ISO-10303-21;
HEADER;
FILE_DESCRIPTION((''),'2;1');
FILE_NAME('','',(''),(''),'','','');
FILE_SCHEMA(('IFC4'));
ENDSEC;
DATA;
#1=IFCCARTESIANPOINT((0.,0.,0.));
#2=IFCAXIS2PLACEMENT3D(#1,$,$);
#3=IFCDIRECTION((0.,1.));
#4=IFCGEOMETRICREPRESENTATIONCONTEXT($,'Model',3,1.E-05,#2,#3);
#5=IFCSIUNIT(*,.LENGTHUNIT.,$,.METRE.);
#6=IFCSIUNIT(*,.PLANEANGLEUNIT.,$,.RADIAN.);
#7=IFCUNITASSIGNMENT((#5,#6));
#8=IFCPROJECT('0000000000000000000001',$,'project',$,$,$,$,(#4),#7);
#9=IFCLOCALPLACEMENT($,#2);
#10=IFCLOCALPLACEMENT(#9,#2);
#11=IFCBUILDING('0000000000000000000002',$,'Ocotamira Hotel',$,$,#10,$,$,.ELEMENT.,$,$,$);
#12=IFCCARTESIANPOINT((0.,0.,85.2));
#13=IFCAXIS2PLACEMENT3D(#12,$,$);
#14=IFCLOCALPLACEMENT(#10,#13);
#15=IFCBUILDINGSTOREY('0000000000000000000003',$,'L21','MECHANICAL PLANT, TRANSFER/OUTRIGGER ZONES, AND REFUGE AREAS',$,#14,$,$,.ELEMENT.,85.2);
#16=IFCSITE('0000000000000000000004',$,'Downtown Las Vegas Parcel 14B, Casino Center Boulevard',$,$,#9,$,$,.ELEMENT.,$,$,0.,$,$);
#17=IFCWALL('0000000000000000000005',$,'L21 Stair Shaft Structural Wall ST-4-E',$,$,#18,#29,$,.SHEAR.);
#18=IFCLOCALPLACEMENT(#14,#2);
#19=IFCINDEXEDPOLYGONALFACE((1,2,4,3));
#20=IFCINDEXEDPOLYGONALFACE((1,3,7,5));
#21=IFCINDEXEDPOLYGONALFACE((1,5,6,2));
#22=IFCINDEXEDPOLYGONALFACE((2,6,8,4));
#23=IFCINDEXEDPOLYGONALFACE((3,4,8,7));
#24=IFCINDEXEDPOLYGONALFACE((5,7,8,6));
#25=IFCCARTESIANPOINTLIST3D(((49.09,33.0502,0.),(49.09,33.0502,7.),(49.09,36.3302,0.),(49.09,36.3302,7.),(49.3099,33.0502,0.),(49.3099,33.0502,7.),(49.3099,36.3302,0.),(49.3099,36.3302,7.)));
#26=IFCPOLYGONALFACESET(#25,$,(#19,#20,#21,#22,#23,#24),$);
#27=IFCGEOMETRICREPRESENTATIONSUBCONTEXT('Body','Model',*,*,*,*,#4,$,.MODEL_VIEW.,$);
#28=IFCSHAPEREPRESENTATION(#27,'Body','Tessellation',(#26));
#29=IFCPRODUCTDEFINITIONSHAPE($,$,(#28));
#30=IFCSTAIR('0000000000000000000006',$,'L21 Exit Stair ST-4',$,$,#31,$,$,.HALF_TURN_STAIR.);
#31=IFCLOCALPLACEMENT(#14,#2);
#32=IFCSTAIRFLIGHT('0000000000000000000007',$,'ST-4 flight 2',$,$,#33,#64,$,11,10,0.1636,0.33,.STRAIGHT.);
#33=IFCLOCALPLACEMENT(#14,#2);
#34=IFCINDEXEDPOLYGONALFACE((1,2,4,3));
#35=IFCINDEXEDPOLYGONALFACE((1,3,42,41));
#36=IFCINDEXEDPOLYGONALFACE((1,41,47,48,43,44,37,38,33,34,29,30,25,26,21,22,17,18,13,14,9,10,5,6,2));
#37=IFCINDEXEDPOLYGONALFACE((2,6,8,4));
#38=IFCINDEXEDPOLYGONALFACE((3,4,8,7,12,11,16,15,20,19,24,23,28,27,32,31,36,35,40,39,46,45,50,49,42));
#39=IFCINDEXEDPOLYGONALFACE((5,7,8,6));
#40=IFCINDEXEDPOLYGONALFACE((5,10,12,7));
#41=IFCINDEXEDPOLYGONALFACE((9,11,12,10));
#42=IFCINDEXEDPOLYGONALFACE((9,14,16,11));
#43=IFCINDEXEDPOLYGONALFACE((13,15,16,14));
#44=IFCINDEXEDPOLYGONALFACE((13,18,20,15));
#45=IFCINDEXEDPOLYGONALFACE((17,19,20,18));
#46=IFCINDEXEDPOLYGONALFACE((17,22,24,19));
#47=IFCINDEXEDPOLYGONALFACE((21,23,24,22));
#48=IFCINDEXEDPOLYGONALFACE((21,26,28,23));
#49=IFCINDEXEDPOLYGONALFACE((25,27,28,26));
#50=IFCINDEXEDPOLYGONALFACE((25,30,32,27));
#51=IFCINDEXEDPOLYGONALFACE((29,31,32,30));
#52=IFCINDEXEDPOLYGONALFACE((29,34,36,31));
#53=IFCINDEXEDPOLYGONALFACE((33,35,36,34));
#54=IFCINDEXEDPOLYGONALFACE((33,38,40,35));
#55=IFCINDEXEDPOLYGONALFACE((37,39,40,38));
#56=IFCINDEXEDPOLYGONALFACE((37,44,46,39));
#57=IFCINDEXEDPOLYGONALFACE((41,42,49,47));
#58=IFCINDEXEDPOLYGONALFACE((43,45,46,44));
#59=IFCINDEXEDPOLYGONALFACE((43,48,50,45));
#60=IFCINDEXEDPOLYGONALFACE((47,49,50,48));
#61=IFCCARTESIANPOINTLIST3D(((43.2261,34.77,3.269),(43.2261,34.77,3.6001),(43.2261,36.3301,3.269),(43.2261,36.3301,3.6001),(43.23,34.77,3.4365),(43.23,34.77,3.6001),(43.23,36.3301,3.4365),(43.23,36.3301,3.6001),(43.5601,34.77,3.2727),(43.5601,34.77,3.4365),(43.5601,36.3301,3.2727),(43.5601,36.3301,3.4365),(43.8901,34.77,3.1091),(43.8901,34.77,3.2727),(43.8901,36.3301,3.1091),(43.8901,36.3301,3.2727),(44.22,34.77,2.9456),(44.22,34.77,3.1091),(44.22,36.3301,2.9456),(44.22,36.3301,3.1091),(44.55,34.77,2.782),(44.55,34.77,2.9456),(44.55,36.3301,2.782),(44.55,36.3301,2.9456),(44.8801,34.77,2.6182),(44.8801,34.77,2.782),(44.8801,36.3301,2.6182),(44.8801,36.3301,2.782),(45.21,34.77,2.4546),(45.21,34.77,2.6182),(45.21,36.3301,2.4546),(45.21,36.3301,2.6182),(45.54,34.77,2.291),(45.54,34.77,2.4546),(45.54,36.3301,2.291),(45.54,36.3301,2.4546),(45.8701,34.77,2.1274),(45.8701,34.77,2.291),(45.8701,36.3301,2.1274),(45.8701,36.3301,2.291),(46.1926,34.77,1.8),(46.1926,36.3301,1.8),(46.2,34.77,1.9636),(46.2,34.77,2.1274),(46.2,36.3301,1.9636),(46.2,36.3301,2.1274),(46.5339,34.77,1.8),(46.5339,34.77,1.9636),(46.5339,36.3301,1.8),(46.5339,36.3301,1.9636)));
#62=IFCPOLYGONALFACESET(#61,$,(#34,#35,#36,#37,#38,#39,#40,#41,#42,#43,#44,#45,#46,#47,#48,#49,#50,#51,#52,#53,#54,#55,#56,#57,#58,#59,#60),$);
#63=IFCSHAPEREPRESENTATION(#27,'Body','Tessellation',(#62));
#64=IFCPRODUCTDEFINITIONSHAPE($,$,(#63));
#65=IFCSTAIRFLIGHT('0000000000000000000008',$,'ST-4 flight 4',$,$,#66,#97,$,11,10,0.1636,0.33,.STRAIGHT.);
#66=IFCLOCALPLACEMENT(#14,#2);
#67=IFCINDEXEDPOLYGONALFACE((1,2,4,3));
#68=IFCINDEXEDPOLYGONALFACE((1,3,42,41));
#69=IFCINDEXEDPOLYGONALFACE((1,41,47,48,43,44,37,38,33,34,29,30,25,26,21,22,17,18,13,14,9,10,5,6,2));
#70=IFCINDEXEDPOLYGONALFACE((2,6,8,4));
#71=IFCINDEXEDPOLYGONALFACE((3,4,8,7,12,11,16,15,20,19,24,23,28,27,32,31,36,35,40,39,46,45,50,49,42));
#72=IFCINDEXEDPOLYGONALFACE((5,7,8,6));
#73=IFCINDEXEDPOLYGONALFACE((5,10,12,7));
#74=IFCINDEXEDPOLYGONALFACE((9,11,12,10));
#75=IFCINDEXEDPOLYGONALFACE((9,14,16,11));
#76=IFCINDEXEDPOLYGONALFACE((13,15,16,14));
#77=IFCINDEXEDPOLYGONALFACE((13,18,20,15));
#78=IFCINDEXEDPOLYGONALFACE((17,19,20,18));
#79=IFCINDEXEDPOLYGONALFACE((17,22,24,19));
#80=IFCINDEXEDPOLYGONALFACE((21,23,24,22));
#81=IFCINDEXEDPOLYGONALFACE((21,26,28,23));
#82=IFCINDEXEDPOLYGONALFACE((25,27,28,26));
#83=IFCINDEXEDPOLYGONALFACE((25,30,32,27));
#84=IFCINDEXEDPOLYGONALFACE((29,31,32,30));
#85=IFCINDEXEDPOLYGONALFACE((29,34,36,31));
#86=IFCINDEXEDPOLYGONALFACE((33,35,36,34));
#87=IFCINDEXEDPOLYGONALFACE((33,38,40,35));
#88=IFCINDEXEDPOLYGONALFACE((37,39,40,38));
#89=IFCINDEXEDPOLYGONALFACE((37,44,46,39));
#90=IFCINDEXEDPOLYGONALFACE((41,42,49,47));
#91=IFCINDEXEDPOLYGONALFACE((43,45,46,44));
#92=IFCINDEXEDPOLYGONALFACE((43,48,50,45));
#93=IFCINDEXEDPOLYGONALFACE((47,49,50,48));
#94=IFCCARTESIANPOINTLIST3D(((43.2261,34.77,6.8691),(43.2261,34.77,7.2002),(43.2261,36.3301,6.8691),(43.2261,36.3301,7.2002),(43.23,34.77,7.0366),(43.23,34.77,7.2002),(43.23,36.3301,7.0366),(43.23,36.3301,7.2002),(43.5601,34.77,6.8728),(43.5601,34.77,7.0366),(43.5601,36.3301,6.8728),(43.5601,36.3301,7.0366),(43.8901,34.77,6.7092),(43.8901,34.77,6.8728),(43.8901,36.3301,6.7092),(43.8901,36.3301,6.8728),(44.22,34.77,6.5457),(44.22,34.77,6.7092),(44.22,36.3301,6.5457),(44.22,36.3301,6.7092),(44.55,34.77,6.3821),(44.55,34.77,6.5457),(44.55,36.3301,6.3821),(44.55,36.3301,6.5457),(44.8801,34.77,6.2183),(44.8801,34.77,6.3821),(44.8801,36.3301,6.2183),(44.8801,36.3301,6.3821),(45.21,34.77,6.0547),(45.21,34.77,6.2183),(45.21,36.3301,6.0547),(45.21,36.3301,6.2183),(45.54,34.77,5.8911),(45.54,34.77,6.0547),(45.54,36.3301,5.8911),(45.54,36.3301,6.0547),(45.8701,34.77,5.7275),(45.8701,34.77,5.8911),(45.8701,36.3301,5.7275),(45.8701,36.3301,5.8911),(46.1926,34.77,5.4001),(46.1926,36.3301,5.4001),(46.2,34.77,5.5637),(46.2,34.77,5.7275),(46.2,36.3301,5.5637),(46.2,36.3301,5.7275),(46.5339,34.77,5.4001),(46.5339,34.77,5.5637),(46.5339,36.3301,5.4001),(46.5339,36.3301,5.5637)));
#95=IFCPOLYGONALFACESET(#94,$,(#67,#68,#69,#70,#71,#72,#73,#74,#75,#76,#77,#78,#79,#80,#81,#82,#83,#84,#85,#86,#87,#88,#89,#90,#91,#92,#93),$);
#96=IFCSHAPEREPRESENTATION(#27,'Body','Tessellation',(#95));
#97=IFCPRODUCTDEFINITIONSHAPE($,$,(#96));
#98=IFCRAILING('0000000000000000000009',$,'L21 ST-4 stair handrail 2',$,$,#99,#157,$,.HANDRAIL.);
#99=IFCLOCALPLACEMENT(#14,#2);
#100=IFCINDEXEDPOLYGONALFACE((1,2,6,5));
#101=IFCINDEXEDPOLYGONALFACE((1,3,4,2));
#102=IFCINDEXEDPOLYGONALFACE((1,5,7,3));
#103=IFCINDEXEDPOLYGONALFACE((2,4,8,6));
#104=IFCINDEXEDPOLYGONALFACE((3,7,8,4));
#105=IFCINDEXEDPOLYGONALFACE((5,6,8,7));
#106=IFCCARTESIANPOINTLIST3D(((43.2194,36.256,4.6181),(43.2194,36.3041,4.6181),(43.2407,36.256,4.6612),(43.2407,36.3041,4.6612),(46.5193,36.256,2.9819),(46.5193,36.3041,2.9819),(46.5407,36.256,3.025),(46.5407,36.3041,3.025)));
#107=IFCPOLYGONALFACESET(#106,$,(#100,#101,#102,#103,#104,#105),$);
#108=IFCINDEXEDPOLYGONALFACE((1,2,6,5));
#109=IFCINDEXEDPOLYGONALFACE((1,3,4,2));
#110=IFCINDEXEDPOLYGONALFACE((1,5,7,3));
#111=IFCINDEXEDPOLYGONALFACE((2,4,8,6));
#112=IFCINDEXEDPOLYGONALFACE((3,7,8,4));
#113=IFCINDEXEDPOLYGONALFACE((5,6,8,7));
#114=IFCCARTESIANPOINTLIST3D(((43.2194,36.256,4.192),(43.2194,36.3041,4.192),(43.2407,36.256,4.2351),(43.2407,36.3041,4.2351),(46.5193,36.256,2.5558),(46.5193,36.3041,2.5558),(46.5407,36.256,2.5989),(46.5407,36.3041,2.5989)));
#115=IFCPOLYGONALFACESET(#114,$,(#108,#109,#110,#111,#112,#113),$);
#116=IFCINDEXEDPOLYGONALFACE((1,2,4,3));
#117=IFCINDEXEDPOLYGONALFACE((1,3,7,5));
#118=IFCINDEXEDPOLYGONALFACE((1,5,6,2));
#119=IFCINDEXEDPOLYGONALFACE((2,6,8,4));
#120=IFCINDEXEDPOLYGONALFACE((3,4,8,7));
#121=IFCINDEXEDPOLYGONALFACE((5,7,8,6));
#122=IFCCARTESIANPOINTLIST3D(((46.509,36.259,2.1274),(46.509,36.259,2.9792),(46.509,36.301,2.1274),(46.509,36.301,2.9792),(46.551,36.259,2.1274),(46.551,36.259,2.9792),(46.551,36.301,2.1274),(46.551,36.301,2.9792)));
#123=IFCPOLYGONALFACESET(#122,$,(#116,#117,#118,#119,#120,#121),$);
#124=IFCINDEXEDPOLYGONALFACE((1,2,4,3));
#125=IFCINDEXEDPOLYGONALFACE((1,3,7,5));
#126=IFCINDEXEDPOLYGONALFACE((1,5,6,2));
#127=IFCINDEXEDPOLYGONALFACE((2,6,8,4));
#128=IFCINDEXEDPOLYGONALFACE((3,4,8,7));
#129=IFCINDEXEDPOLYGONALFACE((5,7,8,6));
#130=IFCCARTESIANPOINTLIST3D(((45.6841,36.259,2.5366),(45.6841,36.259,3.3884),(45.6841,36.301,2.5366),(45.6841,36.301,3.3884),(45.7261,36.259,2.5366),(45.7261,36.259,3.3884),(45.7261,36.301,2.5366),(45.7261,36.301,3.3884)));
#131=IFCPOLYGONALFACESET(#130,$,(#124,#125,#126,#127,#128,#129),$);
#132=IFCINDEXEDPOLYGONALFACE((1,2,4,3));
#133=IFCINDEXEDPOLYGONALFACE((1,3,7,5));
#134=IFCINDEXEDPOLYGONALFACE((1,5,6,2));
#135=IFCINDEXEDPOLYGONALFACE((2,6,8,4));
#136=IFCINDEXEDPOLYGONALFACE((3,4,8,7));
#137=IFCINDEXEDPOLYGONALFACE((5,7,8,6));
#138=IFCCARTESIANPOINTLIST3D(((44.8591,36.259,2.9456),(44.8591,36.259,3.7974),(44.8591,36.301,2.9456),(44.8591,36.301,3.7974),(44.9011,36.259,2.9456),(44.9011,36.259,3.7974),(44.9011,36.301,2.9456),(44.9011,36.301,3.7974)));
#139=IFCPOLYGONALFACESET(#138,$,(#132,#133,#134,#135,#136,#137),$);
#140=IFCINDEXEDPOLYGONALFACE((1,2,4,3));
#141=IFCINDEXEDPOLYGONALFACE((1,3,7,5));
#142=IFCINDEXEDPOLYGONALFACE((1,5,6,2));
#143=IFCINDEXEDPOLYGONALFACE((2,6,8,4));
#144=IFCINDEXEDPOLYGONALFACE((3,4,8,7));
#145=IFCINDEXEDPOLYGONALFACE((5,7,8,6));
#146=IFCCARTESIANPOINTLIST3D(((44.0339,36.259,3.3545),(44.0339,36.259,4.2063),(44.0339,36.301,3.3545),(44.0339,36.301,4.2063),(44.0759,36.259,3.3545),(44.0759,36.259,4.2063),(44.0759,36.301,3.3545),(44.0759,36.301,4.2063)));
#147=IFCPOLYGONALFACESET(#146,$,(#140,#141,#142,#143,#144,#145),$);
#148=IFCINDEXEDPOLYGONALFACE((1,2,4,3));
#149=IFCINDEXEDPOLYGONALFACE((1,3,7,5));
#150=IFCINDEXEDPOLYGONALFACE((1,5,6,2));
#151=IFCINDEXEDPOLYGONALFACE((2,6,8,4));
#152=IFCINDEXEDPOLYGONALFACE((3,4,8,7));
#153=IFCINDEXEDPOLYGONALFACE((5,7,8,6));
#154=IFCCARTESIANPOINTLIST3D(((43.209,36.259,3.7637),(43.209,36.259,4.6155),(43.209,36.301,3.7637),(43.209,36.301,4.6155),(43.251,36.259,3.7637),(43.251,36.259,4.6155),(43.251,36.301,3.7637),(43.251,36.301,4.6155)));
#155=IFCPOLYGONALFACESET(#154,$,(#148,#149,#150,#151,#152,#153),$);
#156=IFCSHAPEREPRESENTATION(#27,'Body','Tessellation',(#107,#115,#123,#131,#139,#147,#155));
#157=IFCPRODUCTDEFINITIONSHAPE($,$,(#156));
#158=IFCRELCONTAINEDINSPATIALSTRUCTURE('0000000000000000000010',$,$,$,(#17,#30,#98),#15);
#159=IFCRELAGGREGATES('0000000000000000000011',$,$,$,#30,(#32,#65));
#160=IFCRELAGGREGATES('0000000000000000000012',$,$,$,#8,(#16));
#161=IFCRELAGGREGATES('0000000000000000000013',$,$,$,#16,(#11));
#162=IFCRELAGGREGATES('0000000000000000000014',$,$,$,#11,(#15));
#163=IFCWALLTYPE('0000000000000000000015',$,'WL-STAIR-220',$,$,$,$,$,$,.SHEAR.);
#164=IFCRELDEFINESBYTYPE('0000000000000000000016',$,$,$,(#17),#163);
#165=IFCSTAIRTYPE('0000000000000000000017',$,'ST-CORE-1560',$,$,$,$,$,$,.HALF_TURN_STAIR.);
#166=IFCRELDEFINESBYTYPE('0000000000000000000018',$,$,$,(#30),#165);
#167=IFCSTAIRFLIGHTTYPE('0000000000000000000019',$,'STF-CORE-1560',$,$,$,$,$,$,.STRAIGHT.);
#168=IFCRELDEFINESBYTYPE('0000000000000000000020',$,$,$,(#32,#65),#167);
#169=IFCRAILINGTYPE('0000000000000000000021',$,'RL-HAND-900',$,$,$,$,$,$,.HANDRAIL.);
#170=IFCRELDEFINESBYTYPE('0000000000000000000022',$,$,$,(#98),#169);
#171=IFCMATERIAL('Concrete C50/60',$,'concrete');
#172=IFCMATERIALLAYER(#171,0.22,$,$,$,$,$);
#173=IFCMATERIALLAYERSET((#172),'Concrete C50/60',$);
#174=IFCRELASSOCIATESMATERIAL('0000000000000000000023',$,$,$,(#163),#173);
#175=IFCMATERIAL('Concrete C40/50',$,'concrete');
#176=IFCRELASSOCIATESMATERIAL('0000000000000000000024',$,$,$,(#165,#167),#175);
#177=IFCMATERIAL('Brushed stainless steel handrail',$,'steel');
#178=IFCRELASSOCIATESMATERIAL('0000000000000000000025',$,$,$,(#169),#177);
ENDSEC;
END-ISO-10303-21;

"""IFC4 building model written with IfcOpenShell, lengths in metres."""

from ifc_helpers import new_model, si_unit, direction, frame, frame_2d, origin, origin_2d, place, context, subcontext, project, spatial, polyline, rectangle, outline, extrude, source, transform, mapped, material, layer, layer_set, type_object, element, aggregate, save


model = new_model("IFC4")

# Units and contexts
model_context = context("Model", 3, precision=1e-05, world=origin(), true_north=direction((0.0, 1.0)))
body_context = subcontext(model_context, "Body", "Model", "MODEL_VIEW")
ifc_project = project(units=[si_unit("LENGTHUNIT", "METRE"), si_unit("PLANEANGLEUNIT", "RADIAN")], contexts=[model_context])

# Site, building, storey
site_placement = place(None, origin())
site = spatial("IfcSite", under=ifc_project, at=site_placement, Name="Downtown Las Vegas Parcel 14B, Casino Center Boulevard", CompositionType="ELEMENT", RefElevation=0.0)
building_placement = place(site_placement, origin())
building = spatial("IfcBuilding", under=site, at=building_placement, Name="Ocotamira Hotel", CompositionType="ELEMENT")
storey_placement = place(building_placement, frame((0.0, 0.0, 85.2)))
storey = spatial("IfcBuildingStorey", under=building, at=storey_placement, Name="L21", Description="MECHANICAL PLANT, TRANSFER/OUTRIGGER ZONES, AND REFUGE AREAS", CompositionType="ELEMENT", Elevation=85.2)

# Wall
ifc_material_1 = material(Name="Concrete C50/60", Category="concrete")
ifc_layer_1 = layer(ifc_material_1, 0.22)
ifc_layer_set_1 = layer_set([ifc_layer_1], Name="Concrete C50/60")
wall_type_1 = type_object("IfcWallType", Name="WL-STAIR-220", PredefinedType="SHEAR", material=ifc_layer_set_1)
wall_1_placement = place(storey_placement, frame((49.2, 33.05, 0.0), z_axis=(0.0, 0.0, 1.0), x_axis=(0.0, 1.0, 0.0)))
element("IfcWall", 1, at=wall_1_placement, inside=storey, type_object=wall_type_1, Name="L21 Stair Shaft Structural Wall ST-4-E", PredefinedType="SHEAR", context=body_context, shape_type="SweptSolid", body=[
    extrude(rectangle(XDim=3.28, YDim=0.22, at=frame_2d((1.6401, 0.0))), origin(), (0.0, 0.0, 1.0), 7.0),
])

# Stair, stair flights
ifc_material_2 = material(Name="Concrete C40/50", Category="concrete")
stair_type = type_object("IfcStairType", Name="ST-CORE-1560", PredefinedType="HALF_TURN_STAIR", material=ifc_material_2)
stair_placement = place(storey_placement, origin())
stair = element("IfcStair", 2, at=stair_placement, inside=storey, type_object=stair_type, Name="L21 Exit Stair ST-4", PredefinedType="HALF_TURN_STAIR")
stair_flight_type = type_object("IfcStairFlightType", Name="STF-CORE-1560", PredefinedType="STRAIGHT", material=ifc_material_2)
shared_shape_1 = source(origin(), body_context, "Body", "SweptSolid", [
    extrude(outline(polyline([(-0.0039, 0.0), (-0.0039, 0.1636), (0.3301, 0.1636), (0.3301, 0.3274), (0.6599, 0.3274), (0.6599, 0.491), (0.99, 0.491), (0.99, 0.6545), (1.3201, 0.6545), (1.3201, 0.8181), (1.6499, 0.8181), (1.6499, 0.9819), (1.98, 0.9819), (1.98, 1.1455), (2.3101, 1.1455), (2.3101, 1.3091), (2.6399, 1.3091), (2.6399, 1.4727), (2.97, 1.4727), (2.97, 1.6365), (3.3, 1.6365), (3.3, 1.8), (3.304, 1.8), (3.304, 1.469), (0.3374, 0.0), (-0.0039, 0.0)])), frame((0.0, 0.78, 0.0), z_axis=(0.0, -1.0, 0.0), x_axis=(1.0, 0.0, 0.0)), (0.0, 0.0, 1.0), 1.5601),
])
stair_flight_1_placement = place(storey_placement, frame((46.53, 35.55, 1.8), z_axis=(0.0, 0.0, 1.0), x_axis=(-1.0, 0.0, 0.0)))
stair_flight_1 = element("IfcStairFlight", 3, at=stair_flight_1_placement, type_object=stair_flight_type, Name="ST-4 flight 2", NumberOfRisers=11, NumberOfTreads=10, PredefinedType="STRAIGHT", RiserHeight=0.1636, TreadLength=0.33, context=body_context, shape_type="MappedRepresentation", body=[
    mapped(shared_shape_1, transform((0.0, 0.0, 0.0), scale=1.0)),
])
stair_flight_2_placement = place(storey_placement, frame((46.53, 35.55, 5.4001), z_axis=(0.0, 0.0, 1.0), x_axis=(-1.0, 0.0, 0.0)))
stair_flight_2 = element("IfcStairFlight", 4, at=stair_flight_2_placement, type_object=stair_flight_type, Name="ST-4 flight 4", NumberOfRisers=11, NumberOfTreads=10, PredefinedType="STRAIGHT", RiserHeight=0.1636, TreadLength=0.33, context=body_context, shape_type="MappedRepresentation", body=[
    mapped(shared_shape_1, transform((0.0, 0.0, 0.0), scale=1.0)),
])
aggregate(stair, [stair_flight_1, stair_flight_2])

# Railing
ifc_material_3 = material(Name="Brushed stainless steel handrail", Category="steel")
railing_type_1 = type_object("IfcRailingType", Name="RL-HAND-900", PredefinedType="HANDRAIL", material=ifc_material_3)
railing_1_placement = place(storey_placement, frame((46.53, 36.28, 2.1274)))
element("IfcRailing", 5, at=railing_1_placement, inside=storey, type_object=railing_type_1, Name="L21 ST-4 stair handrail 2", PredefinedType="HANDRAIL", context=body_context, shape_type="SweptSolid", body=[
    extrude(rectangle(XDim=0.0481, YDim=0.0481, at=origin_2d()), frame((0.0, 0.0, 0.876), z_axis=(-0.89592, 0.0, 0.444215), x_axis=(0.0, -1.0, 0.0)), (0.0, 0.0, 1.0), 3.6833),
    extrude(rectangle(XDim=0.0481, YDim=0.0481, at=origin_2d()), frame((0.0, 0.0, 0.45), z_axis=(-0.89592, 0.0, 0.444215), x_axis=(0.0, -1.0, 0.0)), (0.0, 0.0, 1.0), 3.6833),
    extrude(rectangle(XDim=0.042, YDim=0.042, at=origin_2d()), origin(), (0.0, 0.0, 1.0), 0.8518),
    extrude(rectangle(XDim=0.042, YDim=0.042, at=origin_2d()), frame((-0.825, 0.0, 0.4092)), (0.0, 0.0, 1.0), 0.8518),
    extrude(rectangle(XDim=0.042, YDim=0.042, at=origin_2d()), frame((-1.6499, 0.0, 0.8181)), (0.0, 0.0, 1.0), 0.8518),
    extrude(rectangle(XDim=0.042, YDim=0.042, at=origin_2d()), frame((-2.4751, 0.0, 1.2271)), (0.0, 0.0, 1.0), 0.8518),
    extrude(rectangle(XDim=0.042, YDim=0.042, at=origin_2d()), frame((-3.3, 0.0, 1.6362)), (0.0, 0.0, 1.0), 0.8518),
])

save(model, "model.ifc")
